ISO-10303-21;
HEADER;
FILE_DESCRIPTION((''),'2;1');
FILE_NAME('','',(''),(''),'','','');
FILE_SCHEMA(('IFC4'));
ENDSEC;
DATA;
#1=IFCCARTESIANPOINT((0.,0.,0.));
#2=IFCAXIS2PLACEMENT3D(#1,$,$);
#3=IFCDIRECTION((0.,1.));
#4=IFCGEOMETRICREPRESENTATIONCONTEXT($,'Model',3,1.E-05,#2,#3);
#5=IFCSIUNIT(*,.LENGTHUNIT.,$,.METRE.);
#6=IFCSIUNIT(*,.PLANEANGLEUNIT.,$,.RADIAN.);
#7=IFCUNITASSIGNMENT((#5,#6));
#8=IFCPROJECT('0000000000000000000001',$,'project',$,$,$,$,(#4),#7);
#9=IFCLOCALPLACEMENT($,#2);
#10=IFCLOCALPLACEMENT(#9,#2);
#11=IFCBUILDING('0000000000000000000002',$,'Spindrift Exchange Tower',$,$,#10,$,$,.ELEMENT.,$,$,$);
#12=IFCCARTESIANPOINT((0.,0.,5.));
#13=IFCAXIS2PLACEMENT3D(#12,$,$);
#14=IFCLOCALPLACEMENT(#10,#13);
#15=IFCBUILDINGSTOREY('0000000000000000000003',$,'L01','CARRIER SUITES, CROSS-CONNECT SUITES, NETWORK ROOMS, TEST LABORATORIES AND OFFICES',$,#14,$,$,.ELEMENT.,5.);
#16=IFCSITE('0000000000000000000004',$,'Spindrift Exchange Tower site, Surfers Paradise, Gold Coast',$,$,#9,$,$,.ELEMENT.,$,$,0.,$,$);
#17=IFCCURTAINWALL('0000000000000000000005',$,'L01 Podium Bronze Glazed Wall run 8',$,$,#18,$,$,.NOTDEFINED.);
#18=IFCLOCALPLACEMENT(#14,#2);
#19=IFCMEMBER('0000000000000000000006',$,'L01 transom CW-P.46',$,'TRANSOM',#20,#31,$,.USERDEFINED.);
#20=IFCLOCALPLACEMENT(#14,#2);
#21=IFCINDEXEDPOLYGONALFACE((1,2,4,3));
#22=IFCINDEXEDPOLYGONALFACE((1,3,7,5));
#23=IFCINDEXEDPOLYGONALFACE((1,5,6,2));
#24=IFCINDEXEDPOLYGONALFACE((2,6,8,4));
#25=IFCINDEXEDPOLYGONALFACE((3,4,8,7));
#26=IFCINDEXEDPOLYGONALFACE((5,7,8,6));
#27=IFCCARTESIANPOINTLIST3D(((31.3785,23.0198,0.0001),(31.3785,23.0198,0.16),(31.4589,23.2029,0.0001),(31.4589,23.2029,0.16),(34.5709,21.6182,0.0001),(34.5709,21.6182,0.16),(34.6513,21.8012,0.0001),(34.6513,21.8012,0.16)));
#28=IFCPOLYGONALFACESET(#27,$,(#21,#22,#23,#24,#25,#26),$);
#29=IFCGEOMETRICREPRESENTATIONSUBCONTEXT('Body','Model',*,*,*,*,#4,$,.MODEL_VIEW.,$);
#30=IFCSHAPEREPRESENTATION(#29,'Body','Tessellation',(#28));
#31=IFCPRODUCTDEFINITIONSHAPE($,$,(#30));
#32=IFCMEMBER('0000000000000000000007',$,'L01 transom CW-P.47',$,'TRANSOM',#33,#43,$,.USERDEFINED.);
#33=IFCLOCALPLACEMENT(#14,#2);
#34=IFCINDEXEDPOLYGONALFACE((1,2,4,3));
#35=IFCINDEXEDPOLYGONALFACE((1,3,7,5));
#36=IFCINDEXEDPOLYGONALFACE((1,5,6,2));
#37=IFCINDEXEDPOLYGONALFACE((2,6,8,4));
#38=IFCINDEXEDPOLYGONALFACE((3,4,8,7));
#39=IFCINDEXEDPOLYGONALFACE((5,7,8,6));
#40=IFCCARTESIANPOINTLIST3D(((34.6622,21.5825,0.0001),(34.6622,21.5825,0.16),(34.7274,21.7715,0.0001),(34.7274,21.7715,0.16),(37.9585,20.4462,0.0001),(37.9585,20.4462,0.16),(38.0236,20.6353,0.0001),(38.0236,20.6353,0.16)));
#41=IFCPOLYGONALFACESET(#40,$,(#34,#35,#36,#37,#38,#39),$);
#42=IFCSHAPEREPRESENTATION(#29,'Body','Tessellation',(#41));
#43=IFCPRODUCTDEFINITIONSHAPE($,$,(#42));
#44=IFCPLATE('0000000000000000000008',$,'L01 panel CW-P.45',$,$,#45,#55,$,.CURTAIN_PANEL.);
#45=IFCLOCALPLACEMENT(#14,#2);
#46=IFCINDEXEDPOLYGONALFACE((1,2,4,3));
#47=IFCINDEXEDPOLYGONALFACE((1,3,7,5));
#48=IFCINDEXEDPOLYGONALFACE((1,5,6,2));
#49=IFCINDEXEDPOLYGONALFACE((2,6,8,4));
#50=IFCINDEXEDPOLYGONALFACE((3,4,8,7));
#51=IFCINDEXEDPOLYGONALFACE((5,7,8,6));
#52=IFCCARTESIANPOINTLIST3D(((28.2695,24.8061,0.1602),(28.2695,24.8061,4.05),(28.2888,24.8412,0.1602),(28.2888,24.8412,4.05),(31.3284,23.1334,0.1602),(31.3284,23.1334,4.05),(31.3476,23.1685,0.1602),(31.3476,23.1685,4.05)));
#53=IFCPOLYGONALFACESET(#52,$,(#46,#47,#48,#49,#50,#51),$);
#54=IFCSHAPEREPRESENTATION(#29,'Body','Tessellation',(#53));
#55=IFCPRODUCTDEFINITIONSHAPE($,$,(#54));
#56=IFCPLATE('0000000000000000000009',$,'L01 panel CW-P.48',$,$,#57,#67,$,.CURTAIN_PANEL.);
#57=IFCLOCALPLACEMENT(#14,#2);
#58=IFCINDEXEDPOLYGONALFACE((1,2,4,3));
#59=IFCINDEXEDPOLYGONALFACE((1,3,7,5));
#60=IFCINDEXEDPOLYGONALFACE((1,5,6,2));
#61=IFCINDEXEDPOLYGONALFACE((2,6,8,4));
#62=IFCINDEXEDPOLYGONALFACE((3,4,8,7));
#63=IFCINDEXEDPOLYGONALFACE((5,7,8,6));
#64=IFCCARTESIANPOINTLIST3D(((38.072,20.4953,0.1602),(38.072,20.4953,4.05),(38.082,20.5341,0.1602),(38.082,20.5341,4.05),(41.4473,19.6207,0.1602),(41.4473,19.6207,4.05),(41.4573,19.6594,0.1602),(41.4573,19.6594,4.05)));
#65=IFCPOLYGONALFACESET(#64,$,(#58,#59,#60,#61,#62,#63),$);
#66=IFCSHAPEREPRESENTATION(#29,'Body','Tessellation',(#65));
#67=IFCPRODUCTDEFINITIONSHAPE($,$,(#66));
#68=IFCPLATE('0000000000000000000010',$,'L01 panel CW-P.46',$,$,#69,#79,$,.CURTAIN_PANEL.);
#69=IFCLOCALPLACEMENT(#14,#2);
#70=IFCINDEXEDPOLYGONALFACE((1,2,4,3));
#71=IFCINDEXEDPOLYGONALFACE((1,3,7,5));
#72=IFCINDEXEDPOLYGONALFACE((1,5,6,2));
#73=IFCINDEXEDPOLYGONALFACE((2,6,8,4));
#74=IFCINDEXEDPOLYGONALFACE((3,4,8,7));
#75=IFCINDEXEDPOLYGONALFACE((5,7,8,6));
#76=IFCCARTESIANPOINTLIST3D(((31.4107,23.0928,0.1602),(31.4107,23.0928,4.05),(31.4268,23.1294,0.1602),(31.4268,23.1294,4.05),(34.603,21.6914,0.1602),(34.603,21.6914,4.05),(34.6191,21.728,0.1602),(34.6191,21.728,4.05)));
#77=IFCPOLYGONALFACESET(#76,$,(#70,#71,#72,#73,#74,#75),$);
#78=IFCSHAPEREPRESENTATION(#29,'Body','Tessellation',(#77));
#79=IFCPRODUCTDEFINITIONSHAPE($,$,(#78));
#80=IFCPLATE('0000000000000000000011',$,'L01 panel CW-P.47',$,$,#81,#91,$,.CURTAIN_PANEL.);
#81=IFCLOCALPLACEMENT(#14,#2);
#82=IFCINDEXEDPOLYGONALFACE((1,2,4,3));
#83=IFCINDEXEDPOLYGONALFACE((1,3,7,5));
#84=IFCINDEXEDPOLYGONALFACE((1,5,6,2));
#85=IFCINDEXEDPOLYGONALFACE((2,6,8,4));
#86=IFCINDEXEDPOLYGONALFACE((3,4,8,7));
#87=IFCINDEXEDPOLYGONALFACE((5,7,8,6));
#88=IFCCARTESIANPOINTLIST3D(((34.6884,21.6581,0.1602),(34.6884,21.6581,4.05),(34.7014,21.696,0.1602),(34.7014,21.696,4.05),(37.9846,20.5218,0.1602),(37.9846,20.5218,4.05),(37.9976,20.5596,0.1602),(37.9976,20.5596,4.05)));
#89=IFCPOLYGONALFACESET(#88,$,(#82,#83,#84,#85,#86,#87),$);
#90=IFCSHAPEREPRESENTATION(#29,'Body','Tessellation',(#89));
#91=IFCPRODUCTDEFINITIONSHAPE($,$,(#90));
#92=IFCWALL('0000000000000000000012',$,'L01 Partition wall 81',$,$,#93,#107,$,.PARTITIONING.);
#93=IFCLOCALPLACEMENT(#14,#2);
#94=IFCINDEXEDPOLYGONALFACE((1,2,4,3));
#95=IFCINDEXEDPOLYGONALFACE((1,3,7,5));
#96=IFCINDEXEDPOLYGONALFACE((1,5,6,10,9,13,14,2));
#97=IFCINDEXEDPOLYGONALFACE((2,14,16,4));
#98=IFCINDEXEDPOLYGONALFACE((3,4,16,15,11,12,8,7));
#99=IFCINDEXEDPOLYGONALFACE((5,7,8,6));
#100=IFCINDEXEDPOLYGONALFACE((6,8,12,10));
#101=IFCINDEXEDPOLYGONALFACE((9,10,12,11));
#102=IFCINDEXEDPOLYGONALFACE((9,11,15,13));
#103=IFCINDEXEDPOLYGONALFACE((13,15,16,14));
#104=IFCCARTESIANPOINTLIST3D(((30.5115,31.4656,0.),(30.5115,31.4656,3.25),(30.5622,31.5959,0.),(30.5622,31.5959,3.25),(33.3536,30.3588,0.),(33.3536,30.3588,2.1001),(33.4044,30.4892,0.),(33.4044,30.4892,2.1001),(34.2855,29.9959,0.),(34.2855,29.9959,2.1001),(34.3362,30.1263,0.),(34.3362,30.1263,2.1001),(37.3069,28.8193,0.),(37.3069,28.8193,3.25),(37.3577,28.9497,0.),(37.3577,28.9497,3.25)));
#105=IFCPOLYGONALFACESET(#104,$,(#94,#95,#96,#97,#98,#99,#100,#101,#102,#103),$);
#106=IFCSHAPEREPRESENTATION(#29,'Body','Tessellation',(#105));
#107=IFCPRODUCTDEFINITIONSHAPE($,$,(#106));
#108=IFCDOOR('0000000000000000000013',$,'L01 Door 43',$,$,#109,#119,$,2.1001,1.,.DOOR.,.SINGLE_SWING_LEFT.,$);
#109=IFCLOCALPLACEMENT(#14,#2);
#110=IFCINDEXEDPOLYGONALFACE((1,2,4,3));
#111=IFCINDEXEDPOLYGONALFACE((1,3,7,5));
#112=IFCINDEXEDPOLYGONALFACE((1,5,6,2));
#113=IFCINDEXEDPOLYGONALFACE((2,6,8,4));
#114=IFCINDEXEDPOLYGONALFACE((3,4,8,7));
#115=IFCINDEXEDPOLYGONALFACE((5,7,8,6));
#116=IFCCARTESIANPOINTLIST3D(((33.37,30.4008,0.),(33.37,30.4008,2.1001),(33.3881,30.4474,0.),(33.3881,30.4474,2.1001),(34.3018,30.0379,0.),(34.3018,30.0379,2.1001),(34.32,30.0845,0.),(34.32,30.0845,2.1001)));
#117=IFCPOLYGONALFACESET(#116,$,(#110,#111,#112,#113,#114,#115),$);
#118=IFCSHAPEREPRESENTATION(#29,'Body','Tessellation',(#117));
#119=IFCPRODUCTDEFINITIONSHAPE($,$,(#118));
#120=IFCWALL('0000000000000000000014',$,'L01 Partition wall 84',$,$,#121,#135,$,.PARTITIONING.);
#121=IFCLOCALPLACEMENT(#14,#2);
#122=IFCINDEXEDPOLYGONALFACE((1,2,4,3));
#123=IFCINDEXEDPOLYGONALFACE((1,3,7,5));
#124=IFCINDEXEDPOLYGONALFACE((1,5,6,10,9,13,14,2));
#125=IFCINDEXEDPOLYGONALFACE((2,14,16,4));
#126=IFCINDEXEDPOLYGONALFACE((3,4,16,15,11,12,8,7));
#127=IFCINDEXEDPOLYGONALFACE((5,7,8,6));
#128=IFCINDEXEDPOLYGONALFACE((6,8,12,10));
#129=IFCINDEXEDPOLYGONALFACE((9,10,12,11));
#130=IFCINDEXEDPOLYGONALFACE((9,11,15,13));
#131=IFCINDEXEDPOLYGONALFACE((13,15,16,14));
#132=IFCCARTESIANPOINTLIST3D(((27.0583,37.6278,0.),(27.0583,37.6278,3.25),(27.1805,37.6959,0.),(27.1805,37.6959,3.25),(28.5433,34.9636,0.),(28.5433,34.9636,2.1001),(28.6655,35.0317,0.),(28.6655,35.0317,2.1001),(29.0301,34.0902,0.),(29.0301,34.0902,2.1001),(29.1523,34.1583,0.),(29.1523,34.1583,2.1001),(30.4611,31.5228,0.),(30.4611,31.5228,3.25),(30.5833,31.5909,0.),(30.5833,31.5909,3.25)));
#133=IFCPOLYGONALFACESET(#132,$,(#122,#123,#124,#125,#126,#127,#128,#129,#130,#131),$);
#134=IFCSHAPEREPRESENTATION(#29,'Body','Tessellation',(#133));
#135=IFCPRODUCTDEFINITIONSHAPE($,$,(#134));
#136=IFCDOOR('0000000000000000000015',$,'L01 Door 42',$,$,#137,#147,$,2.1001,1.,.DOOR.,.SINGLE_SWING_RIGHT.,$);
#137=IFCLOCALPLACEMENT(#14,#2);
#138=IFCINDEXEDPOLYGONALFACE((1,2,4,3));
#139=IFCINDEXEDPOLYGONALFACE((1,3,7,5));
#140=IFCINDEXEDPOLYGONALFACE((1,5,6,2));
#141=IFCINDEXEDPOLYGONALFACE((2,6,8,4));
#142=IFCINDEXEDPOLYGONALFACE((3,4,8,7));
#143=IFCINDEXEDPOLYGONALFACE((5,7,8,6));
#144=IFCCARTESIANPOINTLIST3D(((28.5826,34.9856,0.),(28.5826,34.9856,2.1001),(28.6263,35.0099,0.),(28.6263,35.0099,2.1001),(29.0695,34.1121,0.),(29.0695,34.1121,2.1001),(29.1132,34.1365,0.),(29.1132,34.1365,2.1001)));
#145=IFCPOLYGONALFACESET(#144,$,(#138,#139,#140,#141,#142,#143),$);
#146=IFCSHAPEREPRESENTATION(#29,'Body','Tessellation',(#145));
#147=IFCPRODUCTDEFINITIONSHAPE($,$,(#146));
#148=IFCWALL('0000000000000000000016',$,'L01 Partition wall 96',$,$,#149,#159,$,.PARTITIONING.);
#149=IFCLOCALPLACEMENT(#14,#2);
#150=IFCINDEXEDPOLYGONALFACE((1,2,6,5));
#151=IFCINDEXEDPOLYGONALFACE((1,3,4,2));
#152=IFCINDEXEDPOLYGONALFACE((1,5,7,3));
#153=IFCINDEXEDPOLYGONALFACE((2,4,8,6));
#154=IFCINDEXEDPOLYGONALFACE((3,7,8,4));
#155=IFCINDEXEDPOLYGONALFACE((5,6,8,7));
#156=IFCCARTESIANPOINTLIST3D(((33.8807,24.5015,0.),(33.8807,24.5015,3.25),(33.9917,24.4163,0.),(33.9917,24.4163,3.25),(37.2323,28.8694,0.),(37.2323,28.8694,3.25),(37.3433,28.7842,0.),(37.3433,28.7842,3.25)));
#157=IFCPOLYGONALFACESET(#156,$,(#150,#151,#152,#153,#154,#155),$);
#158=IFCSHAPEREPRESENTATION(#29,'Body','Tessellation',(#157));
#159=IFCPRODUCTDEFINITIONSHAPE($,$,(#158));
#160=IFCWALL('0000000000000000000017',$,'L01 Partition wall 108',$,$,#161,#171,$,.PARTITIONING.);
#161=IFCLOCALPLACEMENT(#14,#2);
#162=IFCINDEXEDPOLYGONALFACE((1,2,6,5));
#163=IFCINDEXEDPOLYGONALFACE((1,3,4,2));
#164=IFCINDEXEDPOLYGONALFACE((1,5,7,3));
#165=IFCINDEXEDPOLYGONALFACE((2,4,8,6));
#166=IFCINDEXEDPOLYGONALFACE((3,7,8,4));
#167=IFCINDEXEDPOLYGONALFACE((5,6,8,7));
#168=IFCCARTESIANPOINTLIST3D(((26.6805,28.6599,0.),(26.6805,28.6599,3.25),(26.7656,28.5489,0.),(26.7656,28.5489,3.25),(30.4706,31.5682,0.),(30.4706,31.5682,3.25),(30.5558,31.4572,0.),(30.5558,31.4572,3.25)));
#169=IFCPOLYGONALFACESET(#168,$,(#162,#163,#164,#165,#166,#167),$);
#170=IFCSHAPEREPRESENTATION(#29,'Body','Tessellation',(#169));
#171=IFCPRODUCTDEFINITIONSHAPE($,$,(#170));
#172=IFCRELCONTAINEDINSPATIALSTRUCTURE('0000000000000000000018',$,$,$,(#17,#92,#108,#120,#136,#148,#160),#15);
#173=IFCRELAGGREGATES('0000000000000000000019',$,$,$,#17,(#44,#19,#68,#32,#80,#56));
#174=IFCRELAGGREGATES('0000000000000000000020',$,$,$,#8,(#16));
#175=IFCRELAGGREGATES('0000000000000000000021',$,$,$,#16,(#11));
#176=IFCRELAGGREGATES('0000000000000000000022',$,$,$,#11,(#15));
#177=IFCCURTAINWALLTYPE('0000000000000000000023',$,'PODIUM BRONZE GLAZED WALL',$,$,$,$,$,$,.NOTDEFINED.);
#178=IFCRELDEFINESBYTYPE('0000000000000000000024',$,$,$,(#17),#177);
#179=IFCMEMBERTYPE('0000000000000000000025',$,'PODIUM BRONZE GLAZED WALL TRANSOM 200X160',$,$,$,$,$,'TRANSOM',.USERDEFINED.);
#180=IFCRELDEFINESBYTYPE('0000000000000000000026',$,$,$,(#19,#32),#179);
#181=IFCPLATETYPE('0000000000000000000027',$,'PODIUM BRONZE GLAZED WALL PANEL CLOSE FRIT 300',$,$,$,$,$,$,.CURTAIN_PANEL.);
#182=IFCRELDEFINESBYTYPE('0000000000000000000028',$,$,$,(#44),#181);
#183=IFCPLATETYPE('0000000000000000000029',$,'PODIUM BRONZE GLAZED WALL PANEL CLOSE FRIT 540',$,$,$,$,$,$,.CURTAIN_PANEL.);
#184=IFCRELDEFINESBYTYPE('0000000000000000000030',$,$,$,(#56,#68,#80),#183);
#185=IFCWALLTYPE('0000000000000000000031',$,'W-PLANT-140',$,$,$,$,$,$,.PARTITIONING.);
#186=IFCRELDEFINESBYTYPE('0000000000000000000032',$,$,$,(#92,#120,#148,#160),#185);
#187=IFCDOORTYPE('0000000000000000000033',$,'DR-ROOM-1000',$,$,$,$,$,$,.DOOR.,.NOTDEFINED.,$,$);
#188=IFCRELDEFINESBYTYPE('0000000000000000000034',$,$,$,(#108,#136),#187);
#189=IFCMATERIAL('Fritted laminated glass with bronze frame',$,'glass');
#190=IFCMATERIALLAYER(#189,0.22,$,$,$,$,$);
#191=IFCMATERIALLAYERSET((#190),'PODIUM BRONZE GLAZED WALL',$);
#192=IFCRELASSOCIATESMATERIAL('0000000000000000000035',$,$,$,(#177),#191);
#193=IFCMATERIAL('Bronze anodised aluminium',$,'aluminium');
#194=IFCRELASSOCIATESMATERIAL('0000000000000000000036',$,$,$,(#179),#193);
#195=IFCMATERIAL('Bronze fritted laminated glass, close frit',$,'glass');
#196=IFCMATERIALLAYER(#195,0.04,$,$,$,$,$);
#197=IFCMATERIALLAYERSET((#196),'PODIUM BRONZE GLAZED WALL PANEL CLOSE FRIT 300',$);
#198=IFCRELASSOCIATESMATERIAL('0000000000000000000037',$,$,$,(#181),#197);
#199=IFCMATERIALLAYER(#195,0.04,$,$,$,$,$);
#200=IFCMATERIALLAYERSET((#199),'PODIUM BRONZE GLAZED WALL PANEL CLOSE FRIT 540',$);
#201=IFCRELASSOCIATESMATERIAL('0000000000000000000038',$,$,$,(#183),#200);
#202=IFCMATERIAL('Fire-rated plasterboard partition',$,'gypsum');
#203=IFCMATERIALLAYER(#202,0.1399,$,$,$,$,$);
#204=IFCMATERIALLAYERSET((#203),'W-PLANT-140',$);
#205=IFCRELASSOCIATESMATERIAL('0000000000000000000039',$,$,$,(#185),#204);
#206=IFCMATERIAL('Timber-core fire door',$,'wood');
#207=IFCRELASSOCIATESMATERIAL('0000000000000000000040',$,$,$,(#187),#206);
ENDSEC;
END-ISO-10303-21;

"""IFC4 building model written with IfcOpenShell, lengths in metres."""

from ifc_helpers import new_model, si_unit, direction, frame, frame_2d, origin, origin_2d, place, context, subcontext, project, spatial, rectangle, extrude, source, transform, mapped, material, layer, layer_set, material_profile, profile_set, type_object, element, fill, aggregate, save


model = new_model("IFC4")

# Units and contexts
model_context = context("Model", 3, precision=1e-05, world=origin(), true_north=direction((0.0, 1.0)))
body_context = subcontext(model_context, "Body", "Model", "MODEL_VIEW")
ifc_project = project(units=[si_unit("LENGTHUNIT", "METRE"), si_unit("PLANEANGLEUNIT", "RADIAN")], contexts=[model_context])

# Site, building, storey
site_placement = place(None, origin())
site = spatial("IfcSite", under=ifc_project, at=site_placement, Name="Spindrift Exchange Tower site, Surfers Paradise, Gold Coast", CompositionType="ELEMENT", RefElevation=0.0)
building_placement = place(site_placement, origin())
building = spatial("IfcBuilding", under=site, at=building_placement, Name="Spindrift Exchange Tower", CompositionType="ELEMENT")
storey_placement = place(building_placement, frame((0.0, 0.0, 5.0)))
storey = spatial("IfcBuildingStorey", under=building, at=storey_placement, Name="L01", Description="CARRIER SUITES, CROSS-CONNECT SUITES, NETWORK ROOMS, TEST LABORATORIES AND OFFICES", CompositionType="ELEMENT", Elevation=5.0)

# Curtain wall, members, plates
ifc_material_1 = material(Name="Fritted laminated glass with bronze frame", Category="glass")
ifc_layer_1 = layer(ifc_material_1, 0.22)
ifc_layer_set_1 = layer_set([ifc_layer_1], Name="PODIUM BRONZE GLAZED WALL")
curtain_wall_type = type_object("IfcCurtainWallType", Name="PODIUM BRONZE GLAZED WALL", PredefinedType="NOTDEFINED", material=ifc_layer_set_1)
curtain_wall_placement = place(storey_placement, origin())
curtain_wall = element("IfcCurtainWall", 1, at=curtain_wall_placement, inside=storey, type_object=curtain_wall_type, Name="L01 Podium Bronze Glazed Wall run 8", PredefinedType="NOTDEFINED")
ifc_material_2 = material(Name="Bronze anodised aluminium", Category="aluminium")
ifc_material_profile_1 = material_profile(ifc_material_2, rectangle(XDim=0.2, YDim=0.1599, at=origin_2d()), Name="PODIUM BRONZE GLAZED WALL TRANSOM 200X160")
ifc_profile_set_1 = profile_set([ifc_material_profile_1], Name="Bronze anodised aluminium")
member_type_1 = type_object("IfcMemberType", Name="PODIUM BRONZE GLAZED WALL TRANSOM 200X160", ElementType="TRANSOM", PredefinedType="USERDEFINED", material=ifc_profile_set_1)
shared_shape_1 = source(origin(), body_context, "Body", "SweptSolid", [
    extrude(rectangle(XDim=0.2, YDim=0.1599, at=origin_2d()), origin(), (0.0, 0.0, 1.0), 3.4866),
])
member_1_placement = place(storey_placement, frame((31.4187, 23.1113, 0.0801), z_axis=(0.915636, -0.402009, 0.0), x_axis=(0.402009, 0.915636, 0.0)))
member_1 = element("IfcMember", 2, at=member_1_placement, type_object=member_type_1, Name="L01 transom CW-P.46", ObjectType="TRANSOM", PredefinedType="USERDEFINED", context=body_context, shape_type="MappedRepresentation", body=[
    mapped(shared_shape_1, transform((0.0, 0.0, 0.0), scale=1.0)),
])
member_2_placement = place(storey_placement, frame((34.6948, 21.677, 0.0801), z_axis=(0.945406, -0.325896, 0.0), x_axis=(0.325896, 0.945406, 0.0)))
member_2 = element("IfcMember", 3, at=member_2_placement, type_object=member_type_1, Name="L01 transom CW-P.47", ObjectType="TRANSOM", PredefinedType="USERDEFINED", context=body_context, shape_type="MappedRepresentation", body=[
    mapped(shared_shape_1, transform((0.0, 0.0, 0.0), scale=1.0)),
])
ifc_material_3 = material(Name="Bronze fritted laminated glass, close frit", Category="glass")
ifc_layer_2 = layer(ifc_material_3, 0.04)
ifc_layer_set_2 = layer_set([ifc_layer_2], Name="PODIUM BRONZE GLAZED WALL PANEL CLOSE FRIT 300")
plate_type_1 = type_object("IfcPlateType", Name="PODIUM BRONZE GLAZED WALL PANEL CLOSE FRIT 300", PredefinedType="CURTAIN_PANEL", material=ifc_layer_set_2)
shared_shape_2 = source(origin(), body_context, "Body", "SweptSolid", [
    extrude(rectangle(XDim=3.4863, YDim=0.04, at=origin_2d()), origin(), (0.0, 0.0, 1.0), 3.8899),
])
plate_1_placement = place(storey_placement, frame((29.8086, 23.9873, 0.1602), z_axis=(0.0, 0.0, 1.0), x_axis=(0.877392, -0.479773, 0.0)))
plate_1 = element("IfcPlate", 4, at=plate_1_placement, type_object=plate_type_1, Name="L01 panel CW-P.45", PredefinedType="CURTAIN_PANEL", context=body_context, shape_type="MappedRepresentation", body=[
    mapped(shared_shape_2, transform((0.0, 0.0, 0.0), scale=1.0)),
])
ifc_layer_3 = layer(ifc_material_3, 0.04)
ifc_layer_set_3 = layer_set([ifc_layer_3], Name="PODIUM BRONZE GLAZED WALL PANEL CLOSE FRIT 540")
plate_type_2 = type_object("IfcPlateType", Name="PODIUM BRONZE GLAZED WALL PANEL CLOSE FRIT 540", PredefinedType="CURTAIN_PANEL", material=ifc_layer_set_3)
shared_shape_3 = source(origin(), body_context, "Body", "SweptSolid", [
    extrude(rectangle(XDim=3.4868, YDim=0.04, at=origin_2d()), origin(), (0.0, 0.0, 1.0), 3.8899),
])
plate_2_placement = place(storey_placement, frame((39.7646, 20.0774, 0.1602), z_axis=(0.0, 0.0, 1.0), x_axis=(0.968026, -0.250848, 0.0)))
plate_2 = element("IfcPlate", 5, at=plate_2_placement, type_object=plate_type_2, Name="L01 panel CW-P.48", PredefinedType="CURTAIN_PANEL", context=body_context, shape_type="MappedRepresentation", body=[
    mapped(shared_shape_3, transform((0.0, 0.0, 0.0), scale=1.0)),
])
shared_shape_4 = source(origin(), body_context, "Body", "SweptSolid", [
    extrude(rectangle(XDim=3.4863, YDim=0.04, at=origin_2d()), origin(), (0.0, 0.0, 1.0), 3.8899),
])
plate_3_placement = place(storey_placement, frame((33.0149, 22.4104, 0.1602), z_axis=(0.0, 0.0, 1.0), x_axis=(0.915651, -0.401973, 0.0)))
plate_3 = element("IfcPlate", 6, at=plate_3_placement, type_object=plate_type_2, Name="L01 panel CW-P.46", PredefinedType="CURTAIN_PANEL", context=body_context, shape_type="MappedRepresentation", body=[
    mapped(shared_shape_4, transform((0.0, 0.0, 0.0), scale=1.0)),
])
shared_shape_5 = source(origin(), body_context, "Body", "SweptSolid", [
    extrude(rectangle(XDim=3.4866, YDim=0.04, at=origin_2d()), origin(), (0.0, 0.0, 1.0), 3.8899),
])
plate_4_placement = place(storey_placement, frame((36.343, 21.1089, 0.1602), z_axis=(0.0, 0.0, 1.0), x_axis=(0.945396, -0.325925, 0.0)))
plate_4 = element("IfcPlate", 7, at=plate_4_placement, type_object=plate_type_2, Name="L01 panel CW-P.47", PredefinedType="CURTAIN_PANEL", context=body_context, shape_type="MappedRepresentation", body=[
    mapped(shared_shape_5, transform((0.0, 0.0, 0.0), scale=1.0)),
])
aggregate(curtain_wall, [plate_1, member_1, plate_3, member_2, plate_4, plate_2])

# Walls, openings, doors
ifc_material_4 = material(Name="Fire-rated plasterboard partition", Category="gypsum")
ifc_layer_4 = layer(ifc_material_4, 0.1399)
ifc_layer_set_4 = layer_set([ifc_layer_4], Name="W-PLANT-140")
wall_type = type_object("IfcWallType", Name="W-PLANT-140", PredefinedType="PARTITIONING", material=ifc_layer_set_4)
wall_1_placement = place(storey_placement, frame((37.3323, 28.8845, 0.0), z_axis=(0.0, 0.0, 1.0), x_axis=(-0.931839, 0.362873, 0.0)))
wall_1 = element("IfcWall", 8, at=wall_1_placement, inside=storey, type_object=wall_type, Name="L01 Partition wall 81", PredefinedType="PARTITIONING", context=body_context, shape_type="SweptSolid", body=[
    extrude(rectangle(XDim=7.2925, YDim=0.1399, at=frame_2d((3.6462, 0.0))), origin(), (0.0, 0.0, 1.0), 3.25),
])
opening_1_placement = place(wall_1_placement, frame((3.2424, 0.0, 0.0)))
opening_1 = element("IfcOpeningElement", 9, at=opening_1_placement, cuts=wall_1, PredefinedType="OPENING", context=body_context, shape_type="SweptSolid", body=[
    extrude(rectangle(XDim=1.0, YDim=2.1001, at=frame_2d((0.5, 1.05))), frame((0.0, 0.0798, 0.0), z_axis=(0.0, -1.0, 0.0), x_axis=(1.0, 0.0, 0.0)), (0.0, 0.0, 1.0), 0.1599),
])
ifc_material_5 = material(Name="Timber-core fire door", Category="wood")
door_type = type_object("IfcDoorType", Name="DR-ROOM-1000", OperationType="NOTDEFINED", PredefinedType="DOOR", material=ifc_material_5)
shared_shape_6 = source(origin(), body_context, "Body", "SweptSolid", [
    extrude(rectangle(XDim=1.0, YDim=2.1001, at=frame_2d((0.5, 1.05))), frame((0.0, 0.0249, 0.0), z_axis=(0.0, -1.0, 0.0), x_axis=(1.0, 0.0, 0.0)), (0.0, 0.0, 1.0), 0.05),
])
door_1_placement = place(opening_1_placement, origin())
door_1 = element("IfcDoor", 10, at=door_1_placement, inside=storey, type_object=door_type, Name="L01 Door 43", OperationType="SINGLE_SWING_LEFT", OverallHeight=2.1001, OverallWidth=1.0, PredefinedType="DOOR", context=body_context, shape_type="MappedRepresentation", body=[
    mapped(shared_shape_6, transform((0.0, 0.0, 0.0), scale=1.0)),
])
fill(opening_1, door_1)
wall_2_placement = place(storey_placement, frame((30.5222, 31.5569, 0.0), z_axis=(0.0, 0.0, 1.0), x_axis=(-0.486864, 0.873478, 0.0)))
wall_2 = element("IfcWall", 11, at=wall_2_placement, inside=storey, type_object=wall_type, Name="L01 Partition wall 84", PredefinedType="PARTITIONING", context=body_context, shape_type="SweptSolid", body=[
    extrude(rectangle(XDim=6.9893, YDim=0.1399, at=frame_2d((3.4946, 0.0))), origin(), (0.0, 0.0, 1.0), 3.25),
])
opening_2_placement = place(wall_2_placement, frame((2.9392, 0.0, 0.0)))
opening_2 = element("IfcOpeningElement", 12, at=opening_2_placement, cuts=wall_2, PredefinedType="OPENING", context=body_context, shape_type="SweptSolid", body=[
    extrude(rectangle(XDim=1.0, YDim=2.1001, at=frame_2d((0.5, 1.05))), frame((0.0, 0.0798, 0.0), z_axis=(0.0, -1.0, 0.0), x_axis=(1.0, 0.0, 0.0)), (0.0, 0.0, 1.0), 0.1599),
])
door_2_placement = place(opening_2_placement, origin())
door_2 = element("IfcDoor", 13, at=door_2_placement, inside=storey, type_object=door_type, Name="L01 Door 42", OperationType="SINGLE_SWING_RIGHT", OverallHeight=2.1001, OverallWidth=1.0, PredefinedType="DOOR", context=body_context, shape_type="MappedRepresentation", body=[
    mapped(shared_shape_6, transform((0.0, 0.0, 0.0), scale=1.0)),
])
fill(opening_2, door_2)

# Walls
wall_3_placement = place(storey_placement, frame((37.2878, 28.8269, 0.0), z_axis=(0.0, 0.0, 1.0), x_axis=(-0.608755, -0.793359, 0.0)))
element("IfcWall", 14, at=wall_3_placement, inside=storey, type_object=wall_type, Name="L01 Partition wall 96", PredefinedType="PARTITIONING", context=body_context, shape_type="SweptSolid", body=[
    extrude(rectangle(XDim=5.5056, YDim=0.1399, at=frame_2d((2.7529, 0.0))), origin(), (0.0, 0.0, 1.0), 3.25),
])
wall_4_placement = place(storey_placement, frame((30.5132, 31.5127, 0.0), z_axis=(0.0, 0.0, 1.0), x_axis=(-0.793353, -0.608762, 0.0)))
element("IfcWall", 15, at=wall_4_placement, inside=storey, type_object=wall_type, Name="L01 Partition wall 108", PredefinedType="PARTITIONING", context=body_context, shape_type="SweptSolid", body=[
    extrude(rectangle(XDim=4.7773, YDim=0.1399, at=frame_2d((2.3887, 0.0))), origin(), (0.0, 0.0, 1.0), 3.25),
])

save(model, "model.ifc")
